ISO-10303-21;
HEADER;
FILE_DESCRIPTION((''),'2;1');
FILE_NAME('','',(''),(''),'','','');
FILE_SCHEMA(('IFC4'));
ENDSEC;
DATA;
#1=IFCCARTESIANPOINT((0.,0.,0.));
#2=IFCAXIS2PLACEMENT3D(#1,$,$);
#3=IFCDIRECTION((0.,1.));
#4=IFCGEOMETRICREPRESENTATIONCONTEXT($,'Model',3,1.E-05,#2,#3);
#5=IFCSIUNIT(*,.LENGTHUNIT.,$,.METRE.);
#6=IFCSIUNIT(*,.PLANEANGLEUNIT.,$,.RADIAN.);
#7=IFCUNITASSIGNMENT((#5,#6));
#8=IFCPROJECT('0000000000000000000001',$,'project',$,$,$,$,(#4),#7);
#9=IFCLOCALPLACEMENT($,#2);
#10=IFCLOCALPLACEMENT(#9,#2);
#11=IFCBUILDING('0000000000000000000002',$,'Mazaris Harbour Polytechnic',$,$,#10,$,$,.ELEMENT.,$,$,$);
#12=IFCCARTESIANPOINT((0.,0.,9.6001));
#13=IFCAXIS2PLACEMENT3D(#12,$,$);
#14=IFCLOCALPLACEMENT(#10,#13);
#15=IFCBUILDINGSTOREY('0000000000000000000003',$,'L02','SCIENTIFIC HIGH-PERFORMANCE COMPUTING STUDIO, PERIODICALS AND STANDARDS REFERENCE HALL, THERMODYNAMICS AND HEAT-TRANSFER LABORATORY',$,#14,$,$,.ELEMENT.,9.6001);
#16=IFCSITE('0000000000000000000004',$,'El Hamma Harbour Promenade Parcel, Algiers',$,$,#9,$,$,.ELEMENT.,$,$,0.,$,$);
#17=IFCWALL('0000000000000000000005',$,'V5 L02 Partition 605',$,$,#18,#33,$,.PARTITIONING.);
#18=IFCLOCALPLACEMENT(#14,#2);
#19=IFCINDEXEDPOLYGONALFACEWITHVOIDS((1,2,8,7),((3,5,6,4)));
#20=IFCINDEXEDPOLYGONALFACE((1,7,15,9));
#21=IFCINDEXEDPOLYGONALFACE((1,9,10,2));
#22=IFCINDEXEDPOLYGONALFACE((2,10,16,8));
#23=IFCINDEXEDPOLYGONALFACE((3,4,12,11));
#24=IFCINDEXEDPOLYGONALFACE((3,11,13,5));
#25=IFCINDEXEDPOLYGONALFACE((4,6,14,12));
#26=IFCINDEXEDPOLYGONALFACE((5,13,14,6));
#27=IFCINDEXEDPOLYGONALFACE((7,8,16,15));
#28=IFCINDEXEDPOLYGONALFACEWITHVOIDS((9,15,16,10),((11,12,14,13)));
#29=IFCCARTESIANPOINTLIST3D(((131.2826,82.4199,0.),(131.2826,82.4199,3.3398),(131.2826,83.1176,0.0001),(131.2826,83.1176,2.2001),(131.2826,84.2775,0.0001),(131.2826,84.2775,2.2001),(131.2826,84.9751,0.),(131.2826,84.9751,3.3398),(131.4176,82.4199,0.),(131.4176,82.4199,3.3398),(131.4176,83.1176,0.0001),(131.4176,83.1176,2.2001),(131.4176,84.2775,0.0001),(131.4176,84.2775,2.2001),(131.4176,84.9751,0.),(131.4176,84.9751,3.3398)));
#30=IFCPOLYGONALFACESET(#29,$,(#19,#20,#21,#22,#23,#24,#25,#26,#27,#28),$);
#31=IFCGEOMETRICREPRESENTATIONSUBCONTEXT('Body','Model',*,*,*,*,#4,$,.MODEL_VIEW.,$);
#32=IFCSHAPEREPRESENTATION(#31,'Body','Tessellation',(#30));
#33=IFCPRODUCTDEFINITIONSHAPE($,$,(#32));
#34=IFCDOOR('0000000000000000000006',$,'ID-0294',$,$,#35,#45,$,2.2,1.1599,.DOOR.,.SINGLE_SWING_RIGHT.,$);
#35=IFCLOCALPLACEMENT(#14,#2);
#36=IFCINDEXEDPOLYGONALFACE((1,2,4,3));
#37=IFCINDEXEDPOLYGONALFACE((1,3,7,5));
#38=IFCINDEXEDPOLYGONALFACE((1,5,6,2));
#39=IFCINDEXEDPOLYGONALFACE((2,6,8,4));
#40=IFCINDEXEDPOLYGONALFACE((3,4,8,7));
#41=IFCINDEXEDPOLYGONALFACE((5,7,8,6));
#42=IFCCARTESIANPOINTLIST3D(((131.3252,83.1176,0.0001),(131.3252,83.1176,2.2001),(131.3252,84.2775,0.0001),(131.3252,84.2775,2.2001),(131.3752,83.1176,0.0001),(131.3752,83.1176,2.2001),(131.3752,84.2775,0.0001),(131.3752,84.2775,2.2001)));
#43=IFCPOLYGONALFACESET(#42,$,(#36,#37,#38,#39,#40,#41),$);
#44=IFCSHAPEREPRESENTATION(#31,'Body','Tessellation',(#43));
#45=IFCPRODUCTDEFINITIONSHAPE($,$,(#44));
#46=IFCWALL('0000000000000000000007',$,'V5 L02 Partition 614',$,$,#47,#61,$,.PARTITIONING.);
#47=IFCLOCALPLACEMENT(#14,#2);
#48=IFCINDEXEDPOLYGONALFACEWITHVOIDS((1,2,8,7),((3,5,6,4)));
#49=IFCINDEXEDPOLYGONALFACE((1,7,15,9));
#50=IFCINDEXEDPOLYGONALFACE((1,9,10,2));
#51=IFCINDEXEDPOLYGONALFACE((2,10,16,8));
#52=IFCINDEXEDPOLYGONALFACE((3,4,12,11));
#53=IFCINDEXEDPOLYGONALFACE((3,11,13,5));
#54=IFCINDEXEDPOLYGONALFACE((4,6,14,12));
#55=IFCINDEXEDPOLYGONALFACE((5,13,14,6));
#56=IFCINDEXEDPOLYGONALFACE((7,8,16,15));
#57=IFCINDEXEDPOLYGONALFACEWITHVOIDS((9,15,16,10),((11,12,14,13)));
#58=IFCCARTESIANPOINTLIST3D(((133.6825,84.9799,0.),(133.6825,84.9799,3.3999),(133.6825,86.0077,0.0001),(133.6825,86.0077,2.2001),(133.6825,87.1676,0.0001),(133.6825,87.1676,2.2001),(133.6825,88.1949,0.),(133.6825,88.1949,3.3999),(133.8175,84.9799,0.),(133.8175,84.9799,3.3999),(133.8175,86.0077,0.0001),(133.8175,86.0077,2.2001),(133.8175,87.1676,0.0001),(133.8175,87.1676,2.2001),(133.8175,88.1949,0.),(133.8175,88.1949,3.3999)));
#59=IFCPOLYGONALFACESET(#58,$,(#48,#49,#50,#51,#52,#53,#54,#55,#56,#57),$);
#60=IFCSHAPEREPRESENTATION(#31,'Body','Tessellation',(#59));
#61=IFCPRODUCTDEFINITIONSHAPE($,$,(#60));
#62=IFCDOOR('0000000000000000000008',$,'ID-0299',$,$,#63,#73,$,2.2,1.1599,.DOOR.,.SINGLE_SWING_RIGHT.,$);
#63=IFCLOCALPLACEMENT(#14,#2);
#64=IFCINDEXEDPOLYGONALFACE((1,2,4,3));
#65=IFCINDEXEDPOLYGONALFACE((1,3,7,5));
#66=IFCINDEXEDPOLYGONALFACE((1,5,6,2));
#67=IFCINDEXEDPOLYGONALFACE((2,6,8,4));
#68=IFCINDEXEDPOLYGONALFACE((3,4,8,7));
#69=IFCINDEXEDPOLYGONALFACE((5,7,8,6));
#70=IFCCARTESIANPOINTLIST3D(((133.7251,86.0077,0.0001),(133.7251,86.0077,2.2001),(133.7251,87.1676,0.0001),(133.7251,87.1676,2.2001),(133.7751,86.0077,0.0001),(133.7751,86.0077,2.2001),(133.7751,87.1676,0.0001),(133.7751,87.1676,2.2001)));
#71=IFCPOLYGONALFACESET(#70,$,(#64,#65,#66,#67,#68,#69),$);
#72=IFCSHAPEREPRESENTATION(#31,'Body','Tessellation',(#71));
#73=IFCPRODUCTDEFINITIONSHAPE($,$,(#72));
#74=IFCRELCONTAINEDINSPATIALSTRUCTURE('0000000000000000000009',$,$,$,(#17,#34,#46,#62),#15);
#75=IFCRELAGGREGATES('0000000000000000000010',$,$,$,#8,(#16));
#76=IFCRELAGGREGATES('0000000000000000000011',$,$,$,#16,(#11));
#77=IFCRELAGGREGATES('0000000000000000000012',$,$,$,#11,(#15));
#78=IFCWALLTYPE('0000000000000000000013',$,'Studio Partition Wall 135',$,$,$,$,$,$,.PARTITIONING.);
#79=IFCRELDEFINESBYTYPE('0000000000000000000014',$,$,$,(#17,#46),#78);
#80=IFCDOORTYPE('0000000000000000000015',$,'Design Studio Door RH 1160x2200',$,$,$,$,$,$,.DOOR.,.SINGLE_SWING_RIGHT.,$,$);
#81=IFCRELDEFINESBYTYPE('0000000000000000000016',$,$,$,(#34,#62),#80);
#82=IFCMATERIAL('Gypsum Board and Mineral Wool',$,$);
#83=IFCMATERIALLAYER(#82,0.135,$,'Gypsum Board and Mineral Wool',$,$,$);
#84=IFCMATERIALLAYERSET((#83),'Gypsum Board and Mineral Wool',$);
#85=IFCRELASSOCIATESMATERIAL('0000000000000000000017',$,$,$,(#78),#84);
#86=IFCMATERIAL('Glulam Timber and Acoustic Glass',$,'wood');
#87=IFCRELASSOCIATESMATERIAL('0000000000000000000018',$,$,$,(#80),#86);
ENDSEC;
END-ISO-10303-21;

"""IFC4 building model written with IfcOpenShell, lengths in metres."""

from ifc_helpers import new_model, si_unit, direction, frame, frame_2d, origin, place, context, subcontext, project, spatial, rectangle, extrude, material, layer, layer_set, type_object, element, fill, save


model = new_model("IFC4")

# Units and contexts
model_context = context("Model", 3, precision=1e-05, world=origin(), true_north=direction((0.0, 1.0)))
body_context = subcontext(model_context, "Body", "Model", "MODEL_VIEW")
ifc_project = project(units=[si_unit("LENGTHUNIT", "METRE"), si_unit("PLANEANGLEUNIT", "RADIAN")], contexts=[model_context])

# Site, building, storey
site_placement = place(None, origin())
site = spatial("IfcSite", under=ifc_project, at=site_placement, Name="El Hamma Harbour Promenade Parcel, Algiers", CompositionType="ELEMENT", RefElevation=0.0)
building_placement = place(site_placement, origin())
building = spatial("IfcBuilding", under=site, at=building_placement, Name="Mazaris Harbour Polytechnic", CompositionType="ELEMENT")
storey_placement = place(building_placement, frame((0.0, 0.0, 9.6001)))
storey = spatial("IfcBuildingStorey", under=building, at=storey_placement, Name="L02", Description="SCIENTIFIC HIGH-PERFORMANCE COMPUTING STUDIO, PERIODICALS AND STANDARDS REFERENCE HALL, THERMODYNAMICS AND HEAT-TRANSFER LABORATORY", CompositionType="ELEMENT", Elevation=9.6001)

# Walls, openings, doors
ifc_material_1 = material(Name="Gypsum Board and Mineral Wool")
ifc_layer_1 = layer(ifc_material_1, 0.135, Name="Gypsum Board and Mineral Wool")
ifc_layer_set_1 = layer_set([ifc_layer_1], Name="Gypsum Board and Mineral Wool")
wall_type_1 = type_object("IfcWallType", Name="Studio Partition Wall 135", PredefinedType="PARTITIONING", material=ifc_layer_set_1)
wall_1_placement = place(storey_placement, frame((131.3501, 82.4199, 0.0), z_axis=(0.0, 0.0, 1.0), x_axis=(0.0, 1.0, 0.0)))
wall_1 = element("IfcWall", 1, at=wall_1_placement, inside=storey, type_object=wall_type_1, Name="V5 L02 Partition 605", PredefinedType="PARTITIONING", context=body_context, shape_type="SweptSolid", body=[
    extrude(rectangle(XDim=2.5552, YDim=0.135, at=frame_2d((1.2776, 0.0))), origin(), (0.0, 0.0, 1.0), 3.3398),
])
opening_1_placement = place(wall_1_placement, frame((0.6975, 0.0, 0.0)))
opening_1 = element("IfcOpeningElement", 2, at=opening_1_placement, cuts=wall_1, PredefinedType="OPENING", context=body_context, shape_type="SweptSolid", body=[
    extrude(rectangle(XDim=1.1599, YDim=2.2, at=frame_2d((0.5801, 1.1001))), frame((0.0, 0.0774, 0.0), z_axis=(0.0, -1.0, 0.0), x_axis=(1.0, 0.0, 0.0)), (0.0, 0.0, 1.0), 0.155),
])
ifc_material_2 = material(Name="Glulam Timber and Acoustic Glass", Category="wood")
door_type_1 = type_object("IfcDoorType", Name="Design Studio Door RH 1160x2200", OperationType="SINGLE_SWING_RIGHT", PredefinedType="DOOR", material=ifc_material_2)
door_1_placement = place(opening_1_placement, origin())
door_1 = element("IfcDoor", 3, at=door_1_placement, inside=storey, type_object=door_type_1, Name="ID-0294", OperationType="SINGLE_SWING_RIGHT", OverallHeight=2.2, OverallWidth=1.1599, PredefinedType="DOOR", context=body_context, shape_type="SweptSolid", body=[
    extrude(rectangle(XDim=1.1599, YDim=2.2, at=frame_2d((0.5801, 1.1001))), frame((0.0, 0.0249, 0.0), z_axis=(0.0, -1.0, 0.0), x_axis=(1.0, 0.0, 0.0)), (0.0, 0.0, 1.0), 0.05),
])
fill(opening_1, door_1)
wall_2_placement = place(storey_placement, frame((133.75, 84.98, 0.0), z_axis=(0.0, 0.0, 1.0), x_axis=(0.0, 1.0, 0.0)))
wall_2 = element("IfcWall", 4, at=wall_2_placement, inside=storey, type_object=wall_type_1, Name="V5 L02 Partition 614", PredefinedType="PARTITIONING", context=body_context, shape_type="SweptSolid", body=[
    extrude(rectangle(XDim=3.2151, YDim=0.135, at=frame_2d((1.6074, 0.0))), origin(), (0.0, 0.0, 1.0), 3.3999),
])
opening_2_placement = place(wall_2_placement, frame((1.0276, 0.0, 0.0)))
opening_2 = element("IfcOpeningElement", 5, at=opening_2_placement, cuts=wall_2, PredefinedType="OPENING", context=body_context, shape_type="SweptSolid", body=[
    extrude(rectangle(XDim=1.1599, YDim=2.2, at=frame_2d((0.5801, 1.1001))), frame((0.0, 0.0774, 0.0), z_axis=(0.0, -1.0, 0.0), x_axis=(1.0, 0.0, 0.0)), (0.0, 0.0, 1.0), 0.155),
])
door_2_placement = place(opening_2_placement, origin())
door_2 = element("IfcDoor", 6, at=door_2_placement, inside=storey, type_object=door_type_1, Name="ID-0299", OperationType="SINGLE_SWING_RIGHT", OverallHeight=2.2, OverallWidth=1.1599, PredefinedType="DOOR", context=body_context, shape_type="SweptSolid", body=[
    extrude(rectangle(XDim=1.1599, YDim=2.2, at=frame_2d((0.5801, 1.1001))), frame((0.0, 0.0249, 0.0), z_axis=(0.0, -1.0, 0.0), x_axis=(1.0, 0.0, 0.0)), (0.0, 0.0, 1.0), 0.05),
])
fill(opening_2, door_2)

save(model, "model.ifc")
